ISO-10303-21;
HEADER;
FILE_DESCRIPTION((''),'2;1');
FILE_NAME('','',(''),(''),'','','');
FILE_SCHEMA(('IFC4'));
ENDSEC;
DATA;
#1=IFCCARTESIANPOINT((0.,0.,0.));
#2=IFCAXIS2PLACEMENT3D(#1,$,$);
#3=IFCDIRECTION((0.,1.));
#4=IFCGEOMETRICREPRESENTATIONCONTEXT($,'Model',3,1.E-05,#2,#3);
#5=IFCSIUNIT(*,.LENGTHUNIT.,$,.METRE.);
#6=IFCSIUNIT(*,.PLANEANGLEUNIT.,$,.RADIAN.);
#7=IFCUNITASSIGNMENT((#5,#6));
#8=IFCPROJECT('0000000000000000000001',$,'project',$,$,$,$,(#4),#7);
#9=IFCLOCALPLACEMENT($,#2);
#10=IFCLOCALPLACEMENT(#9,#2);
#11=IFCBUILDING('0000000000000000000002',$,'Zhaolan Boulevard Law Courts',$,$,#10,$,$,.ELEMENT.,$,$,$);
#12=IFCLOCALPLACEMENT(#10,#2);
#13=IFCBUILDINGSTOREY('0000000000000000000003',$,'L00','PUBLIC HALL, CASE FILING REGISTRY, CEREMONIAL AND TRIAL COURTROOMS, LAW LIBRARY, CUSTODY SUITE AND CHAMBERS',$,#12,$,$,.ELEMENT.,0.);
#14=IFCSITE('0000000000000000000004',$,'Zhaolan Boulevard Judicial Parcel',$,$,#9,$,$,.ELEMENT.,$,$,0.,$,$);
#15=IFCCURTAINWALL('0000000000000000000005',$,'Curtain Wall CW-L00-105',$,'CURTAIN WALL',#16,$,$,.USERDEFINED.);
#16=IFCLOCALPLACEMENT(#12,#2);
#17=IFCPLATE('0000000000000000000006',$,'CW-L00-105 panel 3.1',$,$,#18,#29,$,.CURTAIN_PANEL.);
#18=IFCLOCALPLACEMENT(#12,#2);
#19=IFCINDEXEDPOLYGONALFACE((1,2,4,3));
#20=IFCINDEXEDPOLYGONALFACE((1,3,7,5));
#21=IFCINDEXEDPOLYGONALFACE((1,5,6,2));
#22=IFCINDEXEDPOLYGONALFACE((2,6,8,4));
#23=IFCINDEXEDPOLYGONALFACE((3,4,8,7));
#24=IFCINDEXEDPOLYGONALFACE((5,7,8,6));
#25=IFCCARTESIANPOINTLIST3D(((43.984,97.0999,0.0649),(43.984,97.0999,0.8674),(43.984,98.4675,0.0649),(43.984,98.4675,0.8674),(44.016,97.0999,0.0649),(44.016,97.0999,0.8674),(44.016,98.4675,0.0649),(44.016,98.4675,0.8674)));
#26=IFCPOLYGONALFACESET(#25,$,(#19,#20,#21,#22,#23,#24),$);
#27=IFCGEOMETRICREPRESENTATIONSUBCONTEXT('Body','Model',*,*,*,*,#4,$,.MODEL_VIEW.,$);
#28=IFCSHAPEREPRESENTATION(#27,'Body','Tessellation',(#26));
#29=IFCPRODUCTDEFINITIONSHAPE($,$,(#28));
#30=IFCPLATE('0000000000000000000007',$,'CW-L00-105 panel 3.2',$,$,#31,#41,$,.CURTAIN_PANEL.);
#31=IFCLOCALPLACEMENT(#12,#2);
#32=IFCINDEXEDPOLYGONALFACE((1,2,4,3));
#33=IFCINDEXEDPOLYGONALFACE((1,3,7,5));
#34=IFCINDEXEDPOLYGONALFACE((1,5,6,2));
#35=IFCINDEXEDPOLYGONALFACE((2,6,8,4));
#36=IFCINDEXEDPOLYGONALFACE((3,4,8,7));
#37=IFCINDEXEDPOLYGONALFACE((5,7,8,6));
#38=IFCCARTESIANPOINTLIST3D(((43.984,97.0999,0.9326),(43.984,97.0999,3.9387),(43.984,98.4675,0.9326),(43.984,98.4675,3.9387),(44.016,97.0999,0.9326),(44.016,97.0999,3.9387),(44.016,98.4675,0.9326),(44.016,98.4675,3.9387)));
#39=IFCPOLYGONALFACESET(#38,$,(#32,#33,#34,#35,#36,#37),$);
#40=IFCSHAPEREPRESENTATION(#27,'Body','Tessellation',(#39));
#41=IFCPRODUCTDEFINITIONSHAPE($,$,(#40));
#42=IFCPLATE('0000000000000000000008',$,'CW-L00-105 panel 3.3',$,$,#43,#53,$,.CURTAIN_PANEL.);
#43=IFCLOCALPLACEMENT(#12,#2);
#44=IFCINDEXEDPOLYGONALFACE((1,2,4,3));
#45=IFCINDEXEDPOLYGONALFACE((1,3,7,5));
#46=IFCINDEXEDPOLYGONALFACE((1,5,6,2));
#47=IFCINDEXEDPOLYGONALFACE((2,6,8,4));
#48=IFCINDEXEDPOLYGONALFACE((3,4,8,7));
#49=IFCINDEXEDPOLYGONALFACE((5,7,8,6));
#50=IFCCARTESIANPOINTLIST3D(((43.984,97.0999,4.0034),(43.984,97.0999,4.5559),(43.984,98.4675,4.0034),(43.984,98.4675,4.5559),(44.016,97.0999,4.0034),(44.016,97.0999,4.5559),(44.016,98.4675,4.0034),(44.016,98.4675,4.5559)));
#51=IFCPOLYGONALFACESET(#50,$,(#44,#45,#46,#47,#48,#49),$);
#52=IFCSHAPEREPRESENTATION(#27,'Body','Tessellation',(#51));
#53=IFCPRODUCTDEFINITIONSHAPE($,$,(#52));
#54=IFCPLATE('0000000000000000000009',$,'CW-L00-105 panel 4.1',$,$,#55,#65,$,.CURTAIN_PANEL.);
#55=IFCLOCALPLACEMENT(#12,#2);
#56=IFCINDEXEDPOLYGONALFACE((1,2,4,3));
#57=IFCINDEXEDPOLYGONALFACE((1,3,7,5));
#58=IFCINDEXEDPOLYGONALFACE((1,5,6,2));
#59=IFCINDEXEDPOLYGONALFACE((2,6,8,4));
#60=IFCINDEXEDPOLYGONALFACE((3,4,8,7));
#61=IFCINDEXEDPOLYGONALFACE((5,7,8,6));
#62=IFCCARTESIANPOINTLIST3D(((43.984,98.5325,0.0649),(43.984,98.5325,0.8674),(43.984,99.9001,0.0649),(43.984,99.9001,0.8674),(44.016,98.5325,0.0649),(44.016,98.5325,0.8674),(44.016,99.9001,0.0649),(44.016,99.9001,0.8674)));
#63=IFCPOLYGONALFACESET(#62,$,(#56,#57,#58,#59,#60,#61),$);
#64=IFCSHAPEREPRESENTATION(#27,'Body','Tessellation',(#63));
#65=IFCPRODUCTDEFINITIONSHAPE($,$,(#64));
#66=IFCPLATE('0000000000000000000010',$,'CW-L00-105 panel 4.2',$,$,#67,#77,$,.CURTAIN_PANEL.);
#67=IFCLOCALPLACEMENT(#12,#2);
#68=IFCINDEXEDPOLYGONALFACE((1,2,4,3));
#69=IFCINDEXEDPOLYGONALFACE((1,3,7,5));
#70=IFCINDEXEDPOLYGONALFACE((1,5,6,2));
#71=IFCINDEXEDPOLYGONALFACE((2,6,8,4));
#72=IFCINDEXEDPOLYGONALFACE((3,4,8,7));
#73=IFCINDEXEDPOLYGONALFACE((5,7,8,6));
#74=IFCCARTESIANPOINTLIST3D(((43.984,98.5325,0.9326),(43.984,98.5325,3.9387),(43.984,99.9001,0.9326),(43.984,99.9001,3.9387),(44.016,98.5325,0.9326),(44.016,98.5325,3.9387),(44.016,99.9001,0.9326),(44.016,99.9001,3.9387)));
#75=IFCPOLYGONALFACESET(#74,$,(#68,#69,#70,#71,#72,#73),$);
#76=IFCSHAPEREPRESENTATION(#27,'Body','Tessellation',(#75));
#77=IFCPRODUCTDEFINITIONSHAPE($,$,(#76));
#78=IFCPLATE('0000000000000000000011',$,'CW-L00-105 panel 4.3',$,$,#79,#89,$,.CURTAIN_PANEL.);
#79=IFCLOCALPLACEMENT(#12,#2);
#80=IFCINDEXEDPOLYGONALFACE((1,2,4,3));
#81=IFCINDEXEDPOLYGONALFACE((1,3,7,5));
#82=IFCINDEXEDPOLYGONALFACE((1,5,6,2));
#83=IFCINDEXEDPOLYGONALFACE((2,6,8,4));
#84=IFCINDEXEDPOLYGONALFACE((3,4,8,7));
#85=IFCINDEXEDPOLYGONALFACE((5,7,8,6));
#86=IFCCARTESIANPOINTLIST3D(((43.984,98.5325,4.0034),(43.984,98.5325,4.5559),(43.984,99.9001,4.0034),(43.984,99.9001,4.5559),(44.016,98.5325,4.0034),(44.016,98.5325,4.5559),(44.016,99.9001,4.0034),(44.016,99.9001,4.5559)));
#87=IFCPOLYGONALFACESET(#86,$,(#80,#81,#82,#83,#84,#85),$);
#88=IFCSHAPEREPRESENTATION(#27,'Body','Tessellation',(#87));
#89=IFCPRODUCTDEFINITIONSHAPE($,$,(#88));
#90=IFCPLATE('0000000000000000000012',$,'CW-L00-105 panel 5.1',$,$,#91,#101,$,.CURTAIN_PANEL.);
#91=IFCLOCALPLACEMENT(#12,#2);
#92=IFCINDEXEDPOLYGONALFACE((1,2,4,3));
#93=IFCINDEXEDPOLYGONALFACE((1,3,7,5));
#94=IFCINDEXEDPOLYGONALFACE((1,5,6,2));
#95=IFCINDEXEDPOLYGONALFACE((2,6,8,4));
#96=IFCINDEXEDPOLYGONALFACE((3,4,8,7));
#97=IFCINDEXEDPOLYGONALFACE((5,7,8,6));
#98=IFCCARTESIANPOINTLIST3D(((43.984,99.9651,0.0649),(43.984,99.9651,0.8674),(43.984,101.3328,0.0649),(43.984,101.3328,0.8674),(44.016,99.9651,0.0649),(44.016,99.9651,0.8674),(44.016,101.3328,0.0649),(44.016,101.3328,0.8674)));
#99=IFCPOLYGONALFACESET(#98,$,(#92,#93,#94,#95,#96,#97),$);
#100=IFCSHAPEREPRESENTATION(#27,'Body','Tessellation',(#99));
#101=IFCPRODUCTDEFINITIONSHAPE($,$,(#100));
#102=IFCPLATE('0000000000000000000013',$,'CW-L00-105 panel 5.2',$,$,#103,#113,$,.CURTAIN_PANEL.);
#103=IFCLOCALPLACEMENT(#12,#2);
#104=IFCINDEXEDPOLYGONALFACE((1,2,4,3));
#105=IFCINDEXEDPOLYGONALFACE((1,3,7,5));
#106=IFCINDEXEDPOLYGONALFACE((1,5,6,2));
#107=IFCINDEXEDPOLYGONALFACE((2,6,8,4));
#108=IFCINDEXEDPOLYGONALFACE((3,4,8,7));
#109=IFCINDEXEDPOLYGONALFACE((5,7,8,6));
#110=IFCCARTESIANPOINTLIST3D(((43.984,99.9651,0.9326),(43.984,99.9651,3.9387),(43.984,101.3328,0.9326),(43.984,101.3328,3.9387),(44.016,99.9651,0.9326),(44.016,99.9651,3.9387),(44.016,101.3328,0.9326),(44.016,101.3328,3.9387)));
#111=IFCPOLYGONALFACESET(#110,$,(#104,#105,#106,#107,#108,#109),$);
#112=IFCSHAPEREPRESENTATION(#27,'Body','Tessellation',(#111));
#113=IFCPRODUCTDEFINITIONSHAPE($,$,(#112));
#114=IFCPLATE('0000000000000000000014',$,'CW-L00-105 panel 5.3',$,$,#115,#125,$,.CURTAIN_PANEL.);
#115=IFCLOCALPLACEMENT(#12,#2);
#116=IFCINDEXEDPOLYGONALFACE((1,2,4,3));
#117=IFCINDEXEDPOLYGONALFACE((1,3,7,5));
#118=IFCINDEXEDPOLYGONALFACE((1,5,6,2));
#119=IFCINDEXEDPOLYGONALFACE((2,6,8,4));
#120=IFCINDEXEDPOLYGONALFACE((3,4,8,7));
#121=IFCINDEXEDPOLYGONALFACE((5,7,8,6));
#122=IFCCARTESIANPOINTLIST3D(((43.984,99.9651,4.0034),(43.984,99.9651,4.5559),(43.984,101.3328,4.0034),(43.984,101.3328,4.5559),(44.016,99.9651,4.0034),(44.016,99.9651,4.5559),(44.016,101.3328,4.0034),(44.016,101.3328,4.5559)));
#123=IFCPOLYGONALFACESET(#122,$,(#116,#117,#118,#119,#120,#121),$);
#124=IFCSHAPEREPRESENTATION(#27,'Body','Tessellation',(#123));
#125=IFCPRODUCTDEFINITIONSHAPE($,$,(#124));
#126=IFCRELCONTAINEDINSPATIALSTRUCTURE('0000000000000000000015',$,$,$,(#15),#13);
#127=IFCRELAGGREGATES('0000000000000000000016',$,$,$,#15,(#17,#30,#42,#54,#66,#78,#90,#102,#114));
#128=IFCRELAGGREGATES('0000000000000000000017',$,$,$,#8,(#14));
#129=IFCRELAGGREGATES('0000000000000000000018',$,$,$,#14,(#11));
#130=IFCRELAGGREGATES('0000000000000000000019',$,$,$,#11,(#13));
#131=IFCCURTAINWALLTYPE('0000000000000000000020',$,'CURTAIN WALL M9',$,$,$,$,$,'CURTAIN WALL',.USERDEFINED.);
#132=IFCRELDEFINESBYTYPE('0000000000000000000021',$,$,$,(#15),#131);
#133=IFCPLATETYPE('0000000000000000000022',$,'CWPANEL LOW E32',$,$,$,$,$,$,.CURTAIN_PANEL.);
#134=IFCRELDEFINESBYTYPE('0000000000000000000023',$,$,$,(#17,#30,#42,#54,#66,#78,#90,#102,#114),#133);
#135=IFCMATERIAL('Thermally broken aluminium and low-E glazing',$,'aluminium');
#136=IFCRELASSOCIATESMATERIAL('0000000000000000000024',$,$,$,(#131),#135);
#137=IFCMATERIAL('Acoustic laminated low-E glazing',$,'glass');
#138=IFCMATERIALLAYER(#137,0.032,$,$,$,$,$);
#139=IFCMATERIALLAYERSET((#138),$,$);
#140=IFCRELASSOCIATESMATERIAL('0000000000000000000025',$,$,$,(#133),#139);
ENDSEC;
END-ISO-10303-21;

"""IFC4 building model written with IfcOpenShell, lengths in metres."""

from ifc_helpers import new_model, si_unit, direction, frame, origin, origin_2d, place, context, subcontext, project, spatial, rectangle, extrude, material, layer, layer_set, type_object, element, aggregate, save


model = new_model("IFC4")

# Units and contexts
model_context = context("Model", 3, precision=1e-05, world=origin(), true_north=direction((0.0, 1.0)))
body_context = subcontext(model_context, "Body", "Model", "MODEL_VIEW")
ifc_project = project(units=[si_unit("LENGTHUNIT", "METRE"), si_unit("PLANEANGLEUNIT", "RADIAN")], contexts=[model_context])

# Site, building, storey
site_placement = place(None, origin())
site = spatial("IfcSite", under=ifc_project, at=site_placement, Name="Zhaolan Boulevard Judicial Parcel", CompositionType="ELEMENT", RefElevation=0.0)
building_placement = place(site_placement, origin())
building = spatial("IfcBuilding", under=site, at=building_placement, Name="Zhaolan Boulevard Law Courts", CompositionType="ELEMENT")
storey_placement = place(building_placement, origin())
storey = spatial("IfcBuildingStorey", under=building, at=storey_placement, Name="L00", Description="PUBLIC HALL, CASE FILING REGISTRY, CEREMONIAL AND TRIAL COURTROOMS, LAW LIBRARY, CUSTODY SUITE AND CHAMBERS", CompositionType="ELEMENT", Elevation=0.0)

# Curtain wall, plates
ifc_material_1 = material(Name="Thermally broken aluminium and low-E glazing", Category="aluminium")
curtain_wall_type = type_object("IfcCurtainWallType", Name="CURTAIN WALL M9", ElementType="CURTAIN WALL", PredefinedType="USERDEFINED", material=ifc_material_1)
curtain_wall_placement = place(storey_placement, origin())
curtain_wall = element("IfcCurtainWall", 1, at=curtain_wall_placement, inside=storey, type_object=curtain_wall_type, Name="Curtain Wall CW-L00-105", ObjectType="CURTAIN WALL", PredefinedType="USERDEFINED")
ifc_material_2 = material(Name="Acoustic laminated low-E glazing", Category="glass")
ifc_layer = layer(ifc_material_2, 0.032)
ifc_layer_set = layer_set([ifc_layer])
plate_type = type_object("IfcPlateType", Name="CWPANEL LOW E32", PredefinedType="CURTAIN_PANEL", material=ifc_layer_set)
plate_1_placement = place(storey_placement, frame((44.0, 97.7837, 0.0649), z_axis=(0.0, 0.0, 1.0), x_axis=(0.0, 1.0, 0.0)))
plate_1 = element("IfcPlate", 2, at=plate_1_placement, type_object=plate_type, Name="CW-L00-105 panel 3.1", PredefinedType="CURTAIN_PANEL", context=body_context, shape_type="SweptSolid", body=[
    extrude(rectangle(XDim=1.3677, YDim=0.032, at=origin_2d()), origin(), (0.0, 0.0, 1.0), 0.8025),
])
plate_2_placement = place(storey_placement, frame((44.0, 97.7837, 0.9326), z_axis=(0.0, 0.0, 1.0), x_axis=(0.0, 1.0, 0.0)))
plate_2 = element("IfcPlate", 3, at=plate_2_placement, type_object=plate_type, Name="CW-L00-105 panel 3.2", PredefinedType="CURTAIN_PANEL", context=body_context, shape_type="SweptSolid", body=[
    extrude(rectangle(XDim=1.3677, YDim=0.032, at=origin_2d()), origin(), (0.0, 0.0, 1.0), 3.0061),
])
plate_3_placement = place(storey_placement, frame((44.0, 97.7837, 4.0034), z_axis=(0.0, 0.0, 1.0), x_axis=(0.0, 1.0, 0.0)))
plate_3 = element("IfcPlate", 4, at=plate_3_placement, type_object=plate_type, Name="CW-L00-105 panel 3.3", PredefinedType="CURTAIN_PANEL", context=body_context, shape_type="SweptSolid", body=[
    extrude(rectangle(XDim=1.3677, YDim=0.032, at=origin_2d()), origin(), (0.0, 0.0, 1.0), 0.5525),
])
plate_4_placement = place(storey_placement, frame((44.0, 99.2163, 0.0649), z_axis=(0.0, 0.0, 1.0), x_axis=(0.0, 1.0, 0.0)))
plate_4 = element("IfcPlate", 5, at=plate_4_placement, type_object=plate_type, Name="CW-L00-105 panel 4.1", PredefinedType="CURTAIN_PANEL", context=body_context, shape_type="SweptSolid", body=[
    extrude(rectangle(XDim=1.3677, YDim=0.032, at=origin_2d()), origin(), (0.0, 0.0, 1.0), 0.8025),
])
plate_5_placement = place(storey_placement, frame((44.0, 99.2163, 0.9326), z_axis=(0.0, 0.0, 1.0), x_axis=(0.0, 1.0, 0.0)))
plate_5 = element("IfcPlate", 6, at=plate_5_placement, type_object=plate_type, Name="CW-L00-105 panel 4.2", PredefinedType="CURTAIN_PANEL", context=body_context, shape_type="SweptSolid", body=[
    extrude(rectangle(XDim=1.3677, YDim=0.032, at=origin_2d()), origin(), (0.0, 0.0, 1.0), 3.0061),
])
plate_6_placement = place(storey_placement, frame((44.0, 99.2163, 4.0034), z_axis=(0.0, 0.0, 1.0), x_axis=(0.0, 1.0, 0.0)))
plate_6 = element("IfcPlate", 7, at=plate_6_placement, type_object=plate_type, Name="CW-L00-105 panel 4.3", PredefinedType="CURTAIN_PANEL", context=body_context, shape_type="SweptSolid", body=[
    extrude(rectangle(XDim=1.3677, YDim=0.032, at=origin_2d()), origin(), (0.0, 0.0, 1.0), 0.5525),
])
plate_7_placement = place(storey_placement, frame((44.0, 100.6489, 0.0649), z_axis=(0.0, 0.0, 1.0), x_axis=(0.0, 1.0, 0.0)))
plate_7 = element("IfcPlate", 8, at=plate_7_placement, type_object=plate_type, Name="CW-L00-105 panel 5.1", PredefinedType="CURTAIN_PANEL", context=body_context, shape_type="SweptSolid", body=[
    extrude(rectangle(XDim=1.3677, YDim=0.032, at=origin_2d()), origin(), (0.0, 0.0, 1.0), 0.8025),
])
plate_8_placement = place(storey_placement, frame((44.0, 100.6489, 0.9326), z_axis=(0.0, 0.0, 1.0), x_axis=(0.0, 1.0, 0.0)))
plate_8 = element("IfcPlate", 9, at=plate_8_placement, type_object=plate_type, Name="CW-L00-105 panel 5.2", PredefinedType="CURTAIN_PANEL", context=body_context, shape_type="SweptSolid", body=[
    extrude(rectangle(XDim=1.3677, YDim=0.032, at=origin_2d()), origin(), (0.0, 0.0, 1.0), 3.0061),
])
plate_9_placement = place(storey_placement, frame((44.0, 100.6489, 4.0034), z_axis=(0.0, 0.0, 1.0), x_axis=(0.0, 1.0, 0.0)))
plate_9 = element("IfcPlate", 10, at=plate_9_placement, type_object=plate_type, Name="CW-L00-105 panel 5.3", PredefinedType="CURTAIN_PANEL", context=body_context, shape_type="SweptSolid", body=[
    extrude(rectangle(XDim=1.3677, YDim=0.032, at=origin_2d()), origin(), (0.0, 0.0, 1.0), 0.5525),
])
aggregate(curtain_wall, [plate_1, plate_2, plate_3, plate_4, plate_5, plate_6, plate_7, plate_8, plate_9])

save(model, "model.ifc")
